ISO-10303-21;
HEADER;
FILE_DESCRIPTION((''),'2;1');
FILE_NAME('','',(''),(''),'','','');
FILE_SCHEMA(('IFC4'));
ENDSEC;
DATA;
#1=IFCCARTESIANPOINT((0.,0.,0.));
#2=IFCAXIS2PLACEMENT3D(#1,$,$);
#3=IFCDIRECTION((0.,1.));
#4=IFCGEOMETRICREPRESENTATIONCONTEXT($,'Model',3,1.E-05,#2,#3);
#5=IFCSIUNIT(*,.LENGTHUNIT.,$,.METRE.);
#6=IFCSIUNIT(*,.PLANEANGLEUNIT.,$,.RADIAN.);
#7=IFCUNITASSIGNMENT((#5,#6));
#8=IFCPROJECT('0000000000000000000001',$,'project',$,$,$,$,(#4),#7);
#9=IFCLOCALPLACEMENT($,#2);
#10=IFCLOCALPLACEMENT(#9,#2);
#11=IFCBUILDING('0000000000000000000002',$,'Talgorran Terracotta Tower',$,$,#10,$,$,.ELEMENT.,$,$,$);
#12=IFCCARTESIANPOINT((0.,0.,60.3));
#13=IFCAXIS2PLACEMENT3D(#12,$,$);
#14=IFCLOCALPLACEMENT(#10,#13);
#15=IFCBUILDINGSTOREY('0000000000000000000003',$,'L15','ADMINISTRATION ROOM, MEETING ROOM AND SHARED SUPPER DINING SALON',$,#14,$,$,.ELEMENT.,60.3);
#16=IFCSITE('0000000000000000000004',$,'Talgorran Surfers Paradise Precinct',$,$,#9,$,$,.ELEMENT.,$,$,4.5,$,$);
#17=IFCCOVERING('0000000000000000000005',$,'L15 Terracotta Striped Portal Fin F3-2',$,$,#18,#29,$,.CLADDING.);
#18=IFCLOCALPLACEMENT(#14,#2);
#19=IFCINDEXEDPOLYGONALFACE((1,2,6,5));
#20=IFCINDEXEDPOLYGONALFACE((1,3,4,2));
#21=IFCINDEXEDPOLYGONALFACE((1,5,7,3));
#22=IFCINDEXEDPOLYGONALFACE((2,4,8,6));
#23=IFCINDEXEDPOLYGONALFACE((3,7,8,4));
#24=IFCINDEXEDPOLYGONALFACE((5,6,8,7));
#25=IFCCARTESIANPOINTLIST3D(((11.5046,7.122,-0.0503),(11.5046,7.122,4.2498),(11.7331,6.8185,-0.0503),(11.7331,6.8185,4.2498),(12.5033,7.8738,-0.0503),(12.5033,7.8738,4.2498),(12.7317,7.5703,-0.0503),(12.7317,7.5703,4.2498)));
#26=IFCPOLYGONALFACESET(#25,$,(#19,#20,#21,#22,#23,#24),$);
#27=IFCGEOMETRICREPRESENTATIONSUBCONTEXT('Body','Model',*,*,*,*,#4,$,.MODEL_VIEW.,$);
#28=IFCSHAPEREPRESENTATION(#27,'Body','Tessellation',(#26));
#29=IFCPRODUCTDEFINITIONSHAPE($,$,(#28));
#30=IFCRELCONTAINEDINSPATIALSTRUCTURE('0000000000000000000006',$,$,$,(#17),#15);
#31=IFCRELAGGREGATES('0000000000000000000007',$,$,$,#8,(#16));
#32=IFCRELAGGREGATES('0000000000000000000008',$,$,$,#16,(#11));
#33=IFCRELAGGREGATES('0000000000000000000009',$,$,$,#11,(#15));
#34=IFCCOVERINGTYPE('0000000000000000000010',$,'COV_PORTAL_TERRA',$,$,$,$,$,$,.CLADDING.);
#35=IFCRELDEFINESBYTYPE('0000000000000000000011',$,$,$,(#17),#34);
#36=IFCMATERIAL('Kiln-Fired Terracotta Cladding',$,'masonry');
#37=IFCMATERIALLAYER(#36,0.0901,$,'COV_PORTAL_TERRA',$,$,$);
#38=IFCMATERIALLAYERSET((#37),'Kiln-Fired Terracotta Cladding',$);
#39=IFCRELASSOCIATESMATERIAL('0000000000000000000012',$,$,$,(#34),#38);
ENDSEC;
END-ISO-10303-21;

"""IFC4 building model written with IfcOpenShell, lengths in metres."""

from ifc_helpers import new_model, si_unit, direction, frame, origin, origin_2d, place, context, subcontext, project, spatial, rectangle, extrude, material, layer, layer_set, type_object, element, save


model = new_model("IFC4")

# Units and contexts
model_context = context("Model", 3, precision=1e-05, world=origin(), true_north=direction((0.0, 1.0)))
body_context = subcontext(model_context, "Body", "Model", "MODEL_VIEW")
ifc_project = project(units=[si_unit("LENGTHUNIT", "METRE"), si_unit("PLANEANGLEUNIT", "RADIAN")], contexts=[model_context])

# Site, building, storey
site_placement = place(None, origin())
site = spatial("IfcSite", under=ifc_project, at=site_placement, Name="Talgorran Surfers Paradise Precinct", CompositionType="ELEMENT", RefElevation=4.5)
building_placement = place(site_placement, origin())
building = spatial("IfcBuilding", under=site, at=building_placement, Name="Talgorran Terracotta Tower", CompositionType="ELEMENT")
storey_placement = place(building_placement, frame((0.0, 0.0, 60.3)))
storey = spatial("IfcBuildingStorey", under=building, at=storey_placement, Name="L15", Description="ADMINISTRATION ROOM, MEETING ROOM AND SHARED SUPPER DINING SALON", CompositionType="ELEMENT", Elevation=60.3)

# Covering
ifc_material_1 = material(Name="Kiln-Fired Terracotta Cladding", Category="masonry")
ifc_layer_1 = layer(ifc_material_1, 0.0901, Name="COV_PORTAL_TERRA")
ifc_layer_set_1 = layer_set([ifc_layer_1], Name="Kiln-Fired Terracotta Cladding")
covering_type_1 = type_object("IfcCoveringType", Name="COV_PORTAL_TERRA", PredefinedType="CLADDING", material=ifc_layer_set_1)
covering_1_placement = place(storey_placement, frame((12.1182, 7.3462, -0.0503), z_axis=(0.0, 0.0, 1.0), x_axis=(-0.601439, 0.798919, 0.0)))
element("IfcCovering", 1, at=covering_1_placement, inside=storey, type_object=covering_type_1, Name="L15 Terracotta Striped Portal Fin F3-2", PredefinedType="CLADDING", context=body_context, shape_type="SweptSolid", body=[
    extrude(rectangle(XDim=0.3799, YDim=1.25, at=origin_2d()), origin(), (0.0, 0.0, 1.0), 4.3),
])

save(model, "model.ifc")
